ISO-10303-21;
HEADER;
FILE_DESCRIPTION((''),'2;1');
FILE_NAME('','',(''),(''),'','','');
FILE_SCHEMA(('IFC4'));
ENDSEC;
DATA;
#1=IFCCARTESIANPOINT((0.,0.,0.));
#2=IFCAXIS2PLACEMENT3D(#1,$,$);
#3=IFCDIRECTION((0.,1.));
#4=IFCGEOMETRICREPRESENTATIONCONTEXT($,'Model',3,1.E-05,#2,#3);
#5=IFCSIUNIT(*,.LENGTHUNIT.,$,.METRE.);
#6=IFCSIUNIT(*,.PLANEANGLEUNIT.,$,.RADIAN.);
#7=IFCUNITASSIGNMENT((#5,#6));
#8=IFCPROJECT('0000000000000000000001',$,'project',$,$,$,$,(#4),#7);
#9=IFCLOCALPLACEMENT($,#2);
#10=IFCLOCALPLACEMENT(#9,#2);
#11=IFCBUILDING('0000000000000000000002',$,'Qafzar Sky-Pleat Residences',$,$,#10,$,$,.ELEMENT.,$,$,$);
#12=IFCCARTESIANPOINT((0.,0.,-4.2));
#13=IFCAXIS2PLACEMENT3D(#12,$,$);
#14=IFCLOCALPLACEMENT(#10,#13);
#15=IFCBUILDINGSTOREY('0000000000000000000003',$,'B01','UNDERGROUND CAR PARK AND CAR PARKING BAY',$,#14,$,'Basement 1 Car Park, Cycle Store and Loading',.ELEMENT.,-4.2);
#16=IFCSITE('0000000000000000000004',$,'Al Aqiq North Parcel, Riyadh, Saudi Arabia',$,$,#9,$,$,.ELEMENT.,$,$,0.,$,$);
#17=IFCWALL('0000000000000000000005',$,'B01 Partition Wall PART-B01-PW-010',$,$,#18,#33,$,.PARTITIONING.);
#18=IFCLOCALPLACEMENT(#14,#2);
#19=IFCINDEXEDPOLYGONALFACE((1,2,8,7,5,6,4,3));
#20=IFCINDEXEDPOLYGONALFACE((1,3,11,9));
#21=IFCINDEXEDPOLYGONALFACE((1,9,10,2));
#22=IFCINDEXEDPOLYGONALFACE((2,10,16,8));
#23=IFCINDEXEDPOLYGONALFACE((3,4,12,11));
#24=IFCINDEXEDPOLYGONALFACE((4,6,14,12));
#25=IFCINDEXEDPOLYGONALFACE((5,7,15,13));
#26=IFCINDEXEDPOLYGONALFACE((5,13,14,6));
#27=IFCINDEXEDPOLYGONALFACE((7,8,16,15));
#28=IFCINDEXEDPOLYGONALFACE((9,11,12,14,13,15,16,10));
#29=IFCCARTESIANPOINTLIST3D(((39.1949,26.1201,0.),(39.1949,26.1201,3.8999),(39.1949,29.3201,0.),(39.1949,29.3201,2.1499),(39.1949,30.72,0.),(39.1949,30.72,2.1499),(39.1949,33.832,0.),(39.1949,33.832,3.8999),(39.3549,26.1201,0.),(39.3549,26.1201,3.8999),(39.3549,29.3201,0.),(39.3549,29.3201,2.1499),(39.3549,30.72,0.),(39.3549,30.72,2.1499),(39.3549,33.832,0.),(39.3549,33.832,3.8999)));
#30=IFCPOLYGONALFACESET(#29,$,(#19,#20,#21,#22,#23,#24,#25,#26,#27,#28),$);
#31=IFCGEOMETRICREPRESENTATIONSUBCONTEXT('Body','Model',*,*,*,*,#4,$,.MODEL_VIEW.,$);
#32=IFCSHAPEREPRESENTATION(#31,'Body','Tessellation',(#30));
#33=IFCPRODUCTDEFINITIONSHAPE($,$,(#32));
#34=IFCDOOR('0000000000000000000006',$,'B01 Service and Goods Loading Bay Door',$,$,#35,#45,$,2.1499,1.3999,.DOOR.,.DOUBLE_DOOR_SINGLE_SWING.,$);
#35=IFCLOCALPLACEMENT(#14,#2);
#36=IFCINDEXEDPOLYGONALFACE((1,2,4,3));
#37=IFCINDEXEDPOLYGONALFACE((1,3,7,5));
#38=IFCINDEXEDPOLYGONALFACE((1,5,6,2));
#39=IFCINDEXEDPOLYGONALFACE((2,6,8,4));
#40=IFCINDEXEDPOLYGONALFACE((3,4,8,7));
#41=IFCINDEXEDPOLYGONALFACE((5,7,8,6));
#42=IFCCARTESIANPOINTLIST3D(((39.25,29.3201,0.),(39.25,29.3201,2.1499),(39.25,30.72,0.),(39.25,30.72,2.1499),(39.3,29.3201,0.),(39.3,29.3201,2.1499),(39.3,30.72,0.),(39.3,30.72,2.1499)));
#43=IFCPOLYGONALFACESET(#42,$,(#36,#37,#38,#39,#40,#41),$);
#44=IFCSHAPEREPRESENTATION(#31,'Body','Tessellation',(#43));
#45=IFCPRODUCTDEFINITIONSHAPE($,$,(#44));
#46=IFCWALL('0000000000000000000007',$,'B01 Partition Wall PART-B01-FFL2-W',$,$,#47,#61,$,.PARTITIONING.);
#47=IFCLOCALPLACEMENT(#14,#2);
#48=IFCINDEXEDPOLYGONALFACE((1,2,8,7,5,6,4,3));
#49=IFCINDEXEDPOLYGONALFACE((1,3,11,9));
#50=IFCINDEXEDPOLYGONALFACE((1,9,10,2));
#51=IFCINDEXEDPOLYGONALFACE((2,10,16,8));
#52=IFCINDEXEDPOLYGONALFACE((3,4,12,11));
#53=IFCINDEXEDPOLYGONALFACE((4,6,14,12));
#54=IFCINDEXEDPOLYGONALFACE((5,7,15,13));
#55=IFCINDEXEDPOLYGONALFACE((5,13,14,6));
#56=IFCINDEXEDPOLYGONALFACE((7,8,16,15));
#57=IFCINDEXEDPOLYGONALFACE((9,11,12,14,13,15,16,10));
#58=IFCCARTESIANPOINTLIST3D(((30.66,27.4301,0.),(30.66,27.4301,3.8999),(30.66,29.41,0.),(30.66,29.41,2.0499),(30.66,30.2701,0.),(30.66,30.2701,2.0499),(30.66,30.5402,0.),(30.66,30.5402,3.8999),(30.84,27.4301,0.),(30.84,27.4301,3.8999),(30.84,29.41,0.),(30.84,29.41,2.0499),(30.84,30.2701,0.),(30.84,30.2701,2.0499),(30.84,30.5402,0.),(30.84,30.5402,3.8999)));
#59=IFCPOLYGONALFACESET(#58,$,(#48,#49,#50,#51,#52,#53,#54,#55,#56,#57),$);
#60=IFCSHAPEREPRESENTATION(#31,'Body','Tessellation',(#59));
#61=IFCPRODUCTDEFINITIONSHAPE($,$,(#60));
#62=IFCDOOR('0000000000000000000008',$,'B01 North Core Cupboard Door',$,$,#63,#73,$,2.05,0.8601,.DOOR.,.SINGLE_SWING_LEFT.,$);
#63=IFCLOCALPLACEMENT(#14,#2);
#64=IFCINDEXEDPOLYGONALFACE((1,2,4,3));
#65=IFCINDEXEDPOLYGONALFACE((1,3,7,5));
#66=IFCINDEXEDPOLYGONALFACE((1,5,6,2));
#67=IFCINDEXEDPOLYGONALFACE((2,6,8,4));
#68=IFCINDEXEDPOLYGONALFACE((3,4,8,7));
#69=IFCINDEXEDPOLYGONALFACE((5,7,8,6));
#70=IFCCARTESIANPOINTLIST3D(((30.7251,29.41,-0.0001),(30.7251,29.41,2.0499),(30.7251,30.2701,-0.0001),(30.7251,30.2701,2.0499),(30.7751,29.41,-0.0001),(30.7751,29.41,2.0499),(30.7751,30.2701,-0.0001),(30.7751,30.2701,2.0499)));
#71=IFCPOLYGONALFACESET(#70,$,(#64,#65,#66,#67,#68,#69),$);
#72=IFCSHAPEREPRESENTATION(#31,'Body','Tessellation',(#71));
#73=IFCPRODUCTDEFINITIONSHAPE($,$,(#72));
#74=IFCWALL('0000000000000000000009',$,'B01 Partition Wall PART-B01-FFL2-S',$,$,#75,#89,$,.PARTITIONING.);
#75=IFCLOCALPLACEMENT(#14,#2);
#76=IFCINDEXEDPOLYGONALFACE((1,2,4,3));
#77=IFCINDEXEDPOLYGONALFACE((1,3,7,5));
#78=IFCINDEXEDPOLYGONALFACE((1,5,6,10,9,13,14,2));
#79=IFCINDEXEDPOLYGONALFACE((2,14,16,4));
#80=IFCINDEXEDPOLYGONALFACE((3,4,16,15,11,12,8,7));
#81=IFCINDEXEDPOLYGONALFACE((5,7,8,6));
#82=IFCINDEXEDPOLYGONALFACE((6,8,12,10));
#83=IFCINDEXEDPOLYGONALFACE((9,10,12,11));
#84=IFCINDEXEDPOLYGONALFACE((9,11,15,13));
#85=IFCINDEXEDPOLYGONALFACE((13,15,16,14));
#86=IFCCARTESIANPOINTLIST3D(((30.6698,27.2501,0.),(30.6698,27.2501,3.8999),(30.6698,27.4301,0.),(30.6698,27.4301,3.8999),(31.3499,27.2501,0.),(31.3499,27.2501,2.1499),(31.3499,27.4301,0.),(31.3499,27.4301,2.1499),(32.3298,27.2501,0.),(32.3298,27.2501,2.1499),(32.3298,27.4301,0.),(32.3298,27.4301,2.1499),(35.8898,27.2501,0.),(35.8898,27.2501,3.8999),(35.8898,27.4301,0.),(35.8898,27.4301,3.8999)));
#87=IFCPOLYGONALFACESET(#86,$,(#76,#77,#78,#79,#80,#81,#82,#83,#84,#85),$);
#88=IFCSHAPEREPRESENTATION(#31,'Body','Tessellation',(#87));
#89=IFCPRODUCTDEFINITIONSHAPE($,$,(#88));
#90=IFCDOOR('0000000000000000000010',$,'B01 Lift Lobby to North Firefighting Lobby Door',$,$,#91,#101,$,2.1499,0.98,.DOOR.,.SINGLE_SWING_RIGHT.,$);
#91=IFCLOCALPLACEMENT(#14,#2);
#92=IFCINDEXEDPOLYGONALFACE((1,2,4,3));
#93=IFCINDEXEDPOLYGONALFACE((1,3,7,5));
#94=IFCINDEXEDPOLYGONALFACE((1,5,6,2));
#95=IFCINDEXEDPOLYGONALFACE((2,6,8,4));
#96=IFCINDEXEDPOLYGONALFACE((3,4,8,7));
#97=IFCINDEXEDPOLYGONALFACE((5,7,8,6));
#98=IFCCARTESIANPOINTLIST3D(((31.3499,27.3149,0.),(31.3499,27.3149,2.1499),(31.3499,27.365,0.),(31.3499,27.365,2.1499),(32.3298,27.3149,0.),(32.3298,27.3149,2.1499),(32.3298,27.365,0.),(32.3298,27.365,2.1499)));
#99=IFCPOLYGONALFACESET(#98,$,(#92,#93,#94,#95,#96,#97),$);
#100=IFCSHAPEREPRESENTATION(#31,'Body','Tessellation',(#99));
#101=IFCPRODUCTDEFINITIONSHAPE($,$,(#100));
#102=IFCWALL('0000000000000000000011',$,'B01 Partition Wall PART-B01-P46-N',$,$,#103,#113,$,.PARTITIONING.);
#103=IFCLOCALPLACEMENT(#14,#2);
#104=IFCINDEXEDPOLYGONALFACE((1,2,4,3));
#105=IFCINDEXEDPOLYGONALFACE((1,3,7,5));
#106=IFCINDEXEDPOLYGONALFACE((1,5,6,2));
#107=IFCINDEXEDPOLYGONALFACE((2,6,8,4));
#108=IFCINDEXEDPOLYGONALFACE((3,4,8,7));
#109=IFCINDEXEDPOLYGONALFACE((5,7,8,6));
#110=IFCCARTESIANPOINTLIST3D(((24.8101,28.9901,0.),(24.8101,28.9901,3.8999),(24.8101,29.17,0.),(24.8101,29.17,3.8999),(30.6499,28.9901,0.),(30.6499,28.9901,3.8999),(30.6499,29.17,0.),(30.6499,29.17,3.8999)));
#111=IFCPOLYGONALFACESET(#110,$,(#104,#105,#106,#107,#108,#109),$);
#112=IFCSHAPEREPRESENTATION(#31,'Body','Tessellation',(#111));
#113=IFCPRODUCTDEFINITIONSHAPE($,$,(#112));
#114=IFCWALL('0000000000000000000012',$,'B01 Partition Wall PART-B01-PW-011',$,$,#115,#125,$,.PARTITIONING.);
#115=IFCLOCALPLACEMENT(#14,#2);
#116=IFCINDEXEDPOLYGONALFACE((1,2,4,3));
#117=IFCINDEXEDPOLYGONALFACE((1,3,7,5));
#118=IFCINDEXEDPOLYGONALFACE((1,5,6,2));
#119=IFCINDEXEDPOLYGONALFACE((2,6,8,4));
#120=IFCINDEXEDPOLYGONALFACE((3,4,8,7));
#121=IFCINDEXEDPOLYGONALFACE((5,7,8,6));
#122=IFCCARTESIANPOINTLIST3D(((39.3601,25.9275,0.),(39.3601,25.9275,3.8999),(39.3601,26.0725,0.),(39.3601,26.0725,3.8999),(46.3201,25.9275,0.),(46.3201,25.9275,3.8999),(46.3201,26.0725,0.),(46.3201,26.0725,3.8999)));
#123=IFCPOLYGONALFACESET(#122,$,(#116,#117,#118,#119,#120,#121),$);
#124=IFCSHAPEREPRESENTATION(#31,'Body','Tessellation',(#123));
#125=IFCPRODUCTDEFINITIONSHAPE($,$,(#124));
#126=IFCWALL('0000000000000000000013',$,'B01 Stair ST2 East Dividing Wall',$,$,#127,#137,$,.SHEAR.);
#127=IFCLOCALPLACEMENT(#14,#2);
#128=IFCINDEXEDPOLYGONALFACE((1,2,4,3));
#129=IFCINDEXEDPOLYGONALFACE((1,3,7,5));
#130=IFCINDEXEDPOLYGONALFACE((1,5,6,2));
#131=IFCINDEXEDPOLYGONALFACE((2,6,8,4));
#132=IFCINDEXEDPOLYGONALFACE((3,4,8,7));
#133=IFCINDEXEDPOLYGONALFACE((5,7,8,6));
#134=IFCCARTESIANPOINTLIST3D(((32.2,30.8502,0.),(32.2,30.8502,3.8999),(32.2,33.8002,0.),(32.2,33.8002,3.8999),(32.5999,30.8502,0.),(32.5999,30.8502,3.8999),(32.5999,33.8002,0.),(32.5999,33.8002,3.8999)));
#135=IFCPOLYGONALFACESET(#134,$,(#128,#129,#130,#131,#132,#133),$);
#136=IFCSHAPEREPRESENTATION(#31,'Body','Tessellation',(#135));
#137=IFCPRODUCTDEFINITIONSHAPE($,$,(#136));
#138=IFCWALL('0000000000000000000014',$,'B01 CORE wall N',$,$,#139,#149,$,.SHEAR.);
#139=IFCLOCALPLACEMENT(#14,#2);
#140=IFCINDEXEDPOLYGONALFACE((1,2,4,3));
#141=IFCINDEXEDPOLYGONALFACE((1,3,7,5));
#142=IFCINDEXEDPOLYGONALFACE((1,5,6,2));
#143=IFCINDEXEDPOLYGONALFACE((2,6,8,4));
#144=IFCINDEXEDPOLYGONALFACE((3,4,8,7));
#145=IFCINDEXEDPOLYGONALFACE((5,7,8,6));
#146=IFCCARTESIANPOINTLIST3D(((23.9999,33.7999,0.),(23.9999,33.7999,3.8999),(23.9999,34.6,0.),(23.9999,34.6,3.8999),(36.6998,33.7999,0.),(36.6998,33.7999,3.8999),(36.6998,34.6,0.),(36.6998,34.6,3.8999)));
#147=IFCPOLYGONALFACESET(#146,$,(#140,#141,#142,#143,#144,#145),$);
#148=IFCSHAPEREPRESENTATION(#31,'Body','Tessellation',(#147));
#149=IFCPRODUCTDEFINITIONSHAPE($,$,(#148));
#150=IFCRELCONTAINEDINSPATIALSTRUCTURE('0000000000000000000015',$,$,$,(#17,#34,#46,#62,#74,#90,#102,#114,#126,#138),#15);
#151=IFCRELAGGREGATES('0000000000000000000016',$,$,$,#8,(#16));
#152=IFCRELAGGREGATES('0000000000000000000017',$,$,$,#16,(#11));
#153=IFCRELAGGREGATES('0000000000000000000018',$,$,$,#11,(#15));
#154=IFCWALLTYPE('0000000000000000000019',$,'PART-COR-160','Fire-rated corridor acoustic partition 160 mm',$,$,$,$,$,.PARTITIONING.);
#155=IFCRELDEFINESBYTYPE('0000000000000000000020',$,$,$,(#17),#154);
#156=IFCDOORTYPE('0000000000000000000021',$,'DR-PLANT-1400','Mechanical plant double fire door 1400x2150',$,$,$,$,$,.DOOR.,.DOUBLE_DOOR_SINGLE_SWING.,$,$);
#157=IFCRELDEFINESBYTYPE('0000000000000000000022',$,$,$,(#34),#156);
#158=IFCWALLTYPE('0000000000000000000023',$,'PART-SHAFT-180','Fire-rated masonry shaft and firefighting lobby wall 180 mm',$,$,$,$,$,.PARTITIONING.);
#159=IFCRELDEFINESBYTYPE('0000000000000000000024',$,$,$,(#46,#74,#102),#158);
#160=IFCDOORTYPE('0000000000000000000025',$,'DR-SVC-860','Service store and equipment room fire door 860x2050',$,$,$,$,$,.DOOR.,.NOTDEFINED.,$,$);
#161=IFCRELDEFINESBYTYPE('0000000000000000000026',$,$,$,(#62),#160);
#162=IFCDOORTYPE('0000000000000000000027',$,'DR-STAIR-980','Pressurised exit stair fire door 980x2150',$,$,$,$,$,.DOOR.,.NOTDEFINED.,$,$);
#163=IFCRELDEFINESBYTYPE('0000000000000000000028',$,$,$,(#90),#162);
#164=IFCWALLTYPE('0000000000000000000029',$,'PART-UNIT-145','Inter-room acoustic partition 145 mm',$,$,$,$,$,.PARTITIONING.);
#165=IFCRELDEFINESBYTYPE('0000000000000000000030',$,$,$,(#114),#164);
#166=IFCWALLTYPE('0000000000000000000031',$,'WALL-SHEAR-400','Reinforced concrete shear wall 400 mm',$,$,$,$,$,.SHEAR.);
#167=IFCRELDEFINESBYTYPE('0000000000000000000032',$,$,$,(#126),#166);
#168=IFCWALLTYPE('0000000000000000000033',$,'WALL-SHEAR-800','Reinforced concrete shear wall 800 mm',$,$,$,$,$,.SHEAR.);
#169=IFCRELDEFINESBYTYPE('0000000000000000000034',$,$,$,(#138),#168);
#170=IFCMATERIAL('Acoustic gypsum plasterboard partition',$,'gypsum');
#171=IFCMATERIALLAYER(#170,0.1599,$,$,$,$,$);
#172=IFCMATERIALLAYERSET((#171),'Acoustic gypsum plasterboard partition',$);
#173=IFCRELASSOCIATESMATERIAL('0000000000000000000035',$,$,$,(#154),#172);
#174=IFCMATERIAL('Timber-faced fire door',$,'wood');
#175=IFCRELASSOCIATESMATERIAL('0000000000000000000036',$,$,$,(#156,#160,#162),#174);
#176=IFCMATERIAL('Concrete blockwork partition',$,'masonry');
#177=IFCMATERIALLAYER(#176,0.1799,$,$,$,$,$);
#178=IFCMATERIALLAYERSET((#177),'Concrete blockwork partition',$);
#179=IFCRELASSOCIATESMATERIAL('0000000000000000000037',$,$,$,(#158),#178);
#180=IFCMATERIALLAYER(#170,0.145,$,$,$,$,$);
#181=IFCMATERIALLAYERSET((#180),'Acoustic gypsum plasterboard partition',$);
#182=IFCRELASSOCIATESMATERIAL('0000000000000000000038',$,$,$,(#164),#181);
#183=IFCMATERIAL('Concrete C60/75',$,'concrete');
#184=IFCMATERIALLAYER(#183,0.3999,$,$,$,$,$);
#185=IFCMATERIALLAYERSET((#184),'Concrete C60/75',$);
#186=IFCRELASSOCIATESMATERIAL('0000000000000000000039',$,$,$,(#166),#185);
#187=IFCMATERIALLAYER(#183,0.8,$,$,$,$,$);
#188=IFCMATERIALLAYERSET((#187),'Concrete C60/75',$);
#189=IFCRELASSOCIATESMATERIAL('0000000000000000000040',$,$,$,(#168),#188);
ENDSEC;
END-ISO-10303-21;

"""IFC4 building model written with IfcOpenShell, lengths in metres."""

from ifc_helpers import new_model, si_unit, direction, frame, frame_2d, origin, place, context, subcontext, project, spatial, rectangle, extrude, source, transform, mapped, material, layer, layer_set, type_object, element, fill, save


model = new_model("IFC4")

# Units and contexts
model_context = context("Model", 3, precision=1e-05, world=origin(), true_north=direction((0.0, 1.0)))
body_context = subcontext(model_context, "Body", "Model", "MODEL_VIEW")
ifc_project = project(units=[si_unit("LENGTHUNIT", "METRE"), si_unit("PLANEANGLEUNIT", "RADIAN")], contexts=[model_context])

# Site, building, storey
site_placement = place(None, origin())
site = spatial("IfcSite", under=ifc_project, at=site_placement, Name="Al Aqiq North Parcel, Riyadh, Saudi Arabia", CompositionType="ELEMENT", RefElevation=0.0)
building_placement = place(site_placement, origin())
building = spatial("IfcBuilding", under=site, at=building_placement, Name="Qafzar Sky-Pleat Residences", CompositionType="ELEMENT")
storey_placement = place(building_placement, frame((0.0, 0.0, -4.2)))
storey = spatial("IfcBuildingStorey", under=building, at=storey_placement, Name="B01", Description="UNDERGROUND CAR PARK AND CAR PARKING BAY", LongName="Basement 1 Car Park, Cycle Store and Loading", CompositionType="ELEMENT", Elevation=-4.2)

# Shared definitions
ifc_material_1 = material(Name="Concrete C60/75", Category="concrete")

# Shared definitions
ifc_material_2 = material(Name="Acoustic gypsum plasterboard partition", Category="gypsum")
ifc_layer_1 = layer(ifc_material_2, 0.1599)
ifc_layer_set_1 = layer_set([ifc_layer_1], Name="Acoustic gypsum plasterboard partition")
wall_type_1 = type_object("IfcWallType", Name="PART-COR-160", Description="Fire-rated corridor acoustic partition 160 mm", PredefinedType="PARTITIONING", material=ifc_layer_set_1)

# Shared definitions
ifc_material_3 = material(Name="Timber-faced fire door", Category="wood")

# Walls, openings, doors
wall_1_placement = place(storey_placement, frame((39.2749, 26.1201, 0.0), z_axis=(0.0, 0.0, 1.0), x_axis=(0.0, 1.0, 0.0)))
wall_1 = element("IfcWall", 1, at=wall_1_placement, inside=storey, type_object=wall_type_1, Name="B01 Partition Wall PART-B01-PW-010", PredefinedType="PARTITIONING", context=body_context, shape_type="SweptSolid", body=[
    extrude(rectangle(XDim=7.7119, YDim=0.1599, at=frame_2d((3.856, 0.0))), origin(), (0.0, 0.0, 1.0), 3.8999),
])
opening_1_placement = place(wall_1_placement, frame((3.2, 0.0, 0.0)))
opening_1 = element("IfcOpeningElement", 2, at=opening_1_placement, cuts=wall_1, PredefinedType="OPENING", context=body_context, shape_type="SweptSolid", body=[
    extrude(rectangle(XDim=1.3999, YDim=2.1499, at=frame_2d((0.7, 1.075))), frame((0.0, 0.0898, 0.0), z_axis=(0.0, -1.0, 0.0), x_axis=(1.0, 0.0, 0.0)), (0.0, 0.0, 1.0), 0.1799),
])
door_type_1 = type_object("IfcDoorType", Name="DR-PLANT-1400", Description="Mechanical plant double fire door 1400x2150", OperationType="DOUBLE_DOOR_SINGLE_SWING", PredefinedType="DOOR", material=ifc_material_3)
shared_shape_1 = source(origin(), body_context, "Body", "SweptSolid", [
    extrude(rectangle(XDim=1.3999, YDim=2.1499, at=frame_2d((0.7, 1.075))), frame((0.0, 0.0249, 0.0), z_axis=(0.0, -1.0, 0.0), x_axis=(1.0, 0.0, 0.0)), (0.0, 0.0, 1.0), 0.05),
])
door_1_placement = place(opening_1_placement, origin())
door_1 = element("IfcDoor", 3, at=door_1_placement, inside=storey, type_object=door_type_1, Name="B01 Service and Goods Loading Bay Door", OperationType="DOUBLE_DOOR_SINGLE_SWING", OverallHeight=2.1499, OverallWidth=1.3999, PredefinedType="DOOR", context=body_context, shape_type="MappedRepresentation", body=[
    mapped(shared_shape_1, transform((0.0, 0.0, 0.0), x_axis=(1.0, 0.0, 0.0), y_axis=(0.0, 1.0, 0.0), z_axis=(0.0, 0.0, 1.0), scale=1.0)),
])
fill(opening_1, door_1)
ifc_material_4 = material(Name="Concrete blockwork partition", Category="masonry")
ifc_layer_2 = layer(ifc_material_4, 0.1799)
ifc_layer_set_2 = layer_set([ifc_layer_2], Name="Concrete blockwork partition")
wall_type_2 = type_object("IfcWallType", Name="PART-SHAFT-180", Description="Fire-rated masonry shaft and firefighting lobby wall 180 mm", PredefinedType="PARTITIONING", material=ifc_layer_set_2)
wall_2_placement = place(storey_placement, frame((30.75, 27.4299, 0.0), z_axis=(0.0, 0.0, 1.0), x_axis=(0.0, 1.0, 0.0)))
wall_2 = element("IfcWall", 4, at=wall_2_placement, inside=storey, type_object=wall_type_2, Name="B01 Partition Wall PART-B01-FFL2-W", PredefinedType="PARTITIONING", context=body_context, shape_type="SweptSolid", body=[
    extrude(rectangle(XDim=3.1101, YDim=0.1799, at=frame_2d((1.5552, 0.0))), origin(), (0.0, 0.0, 1.0), 3.8999),
])
opening_2_placement = place(wall_2_placement, frame((1.98, 0.0, 0.0)))
opening_2 = element("IfcOpeningElement", 5, at=opening_2_placement, cuts=wall_2, PredefinedType="OPENING", context=body_context, shape_type="SweptSolid", body=[
    extrude(rectangle(XDim=0.8601, YDim=2.05, at=frame_2d((0.4302, 1.0249))), frame((0.0, 0.1001, 0.0), z_axis=(0.0, -1.0, 0.0), x_axis=(1.0, 0.0, 0.0)), (0.0, 0.0, 1.0), 0.2),
])
door_type_2 = type_object("IfcDoorType", Name="DR-SVC-860", Description="Service store and equipment room fire door 860x2050", OperationType="NOTDEFINED", PredefinedType="DOOR", material=ifc_material_3)
shared_shape_2 = source(origin(), body_context, "Body", "SweptSolid", [
    extrude(rectangle(XDim=0.8601, YDim=2.05, at=frame_2d((0.4302, 1.0249))), frame((0.0, 0.0249, 0.0), z_axis=(0.0, -1.0, 0.0), x_axis=(1.0, 0.0, 0.0)), (0.0, 0.0, 1.0), 0.05),
])
door_2_placement = place(opening_2_placement, origin())
door_2 = element("IfcDoor", 6, at=door_2_placement, inside=storey, type_object=door_type_2, Name="B01 North Core Cupboard Door", OperationType="SINGLE_SWING_LEFT", OverallHeight=2.05, OverallWidth=0.8601, PredefinedType="DOOR", context=body_context, shape_type="MappedRepresentation", body=[
    mapped(shared_shape_2, transform((0.0, 0.0, 0.0), x_axis=(1.0, 0.0, 0.0), y_axis=(0.0, 1.0, 0.0), z_axis=(0.0, 0.0, 1.0), scale=1.0)),
])
fill(opening_2, door_2)
wall_3_placement = place(storey_placement, frame((30.6699, 27.3401, 0.0), z_axis=(0.0, 0.0, 1.0), x_axis=(1.0, 0.0, 0.0)))
wall_3 = element("IfcWall", 7, at=wall_3_placement, inside=storey, type_object=wall_type_2, Name="B01 Partition Wall PART-B01-FFL2-S", PredefinedType="PARTITIONING", context=body_context, shape_type="SweptSolid", body=[
    extrude(rectangle(XDim=5.22, YDim=0.1799, at=frame_2d((2.6099, 0.0))), origin(), (0.0, 0.0, 1.0), 3.8999),
])
opening_3_placement = place(wall_3_placement, frame((0.6799, 0.0, 0.0)))
opening_3 = element("IfcOpeningElement", 8, at=opening_3_placement, cuts=wall_3, PredefinedType="OPENING", context=body_context, shape_type="SweptSolid", body=[
    extrude(rectangle(XDim=0.98, YDim=2.1499, at=frame_2d((0.49, 1.075))), frame((0.0, 0.1001, 0.0), z_axis=(0.0, -1.0, 0.0), x_axis=(1.0, 0.0, 0.0)), (0.0, 0.0, 1.0), 0.2),
])
door_type_3 = type_object("IfcDoorType", Name="DR-STAIR-980", Description="Pressurised exit stair fire door 980x2150", OperationType="NOTDEFINED", PredefinedType="DOOR", material=ifc_material_3)
shared_shape_3 = source(origin(), body_context, "Body", "SweptSolid", [
    extrude(rectangle(XDim=0.98, YDim=2.1499, at=frame_2d((0.49, 1.075))), frame((0.0, 0.0249, 0.0), z_axis=(0.0, -1.0, 0.0), x_axis=(1.0, 0.0, 0.0)), (0.0, 0.0, 1.0), 0.05),
])
door_3_placement = place(opening_3_placement, origin())
door_3 = element("IfcDoor", 9, at=door_3_placement, inside=storey, type_object=door_type_3, Name="B01 Lift Lobby to North Firefighting Lobby Door", OperationType="SINGLE_SWING_RIGHT", OverallHeight=2.1499, OverallWidth=0.98, PredefinedType="DOOR", context=body_context, shape_type="MappedRepresentation", body=[
    mapped(shared_shape_3, transform((0.0, 0.0, 0.0), x_axis=(1.0, 0.0, 0.0), y_axis=(0.0, 1.0, 0.0), z_axis=(0.0, 0.0, 1.0), scale=1.0)),
])
fill(opening_3, door_3)

# Walls
wall_4_placement = place(storey_placement, frame((24.8101, 29.0801, 0.0), z_axis=(0.0, 0.0, 1.0), x_axis=(1.0, 0.0, 0.0)))
element("IfcWall", 10, at=wall_4_placement, inside=storey, type_object=wall_type_2, Name="B01 Partition Wall PART-B01-P46-N", PredefinedType="PARTITIONING", context=body_context, shape_type="SweptSolid", body=[
    extrude(rectangle(XDim=5.8398, YDim=0.1799, at=frame_2d((2.9199, 0.0))), origin(), (0.0, 0.0, 1.0), 3.8999),
])
ifc_layer_3 = layer(ifc_material_2, 0.145)
ifc_layer_set_3 = layer_set([ifc_layer_3], Name="Acoustic gypsum plasterboard partition")
wall_type_3 = type_object("IfcWallType", Name="PART-UNIT-145", Description="Inter-room acoustic partition 145 mm", PredefinedType="PARTITIONING", material=ifc_layer_set_3)
wall_5_placement = place(storey_placement, frame((39.3601, 26.0, 0.0), z_axis=(0.0, 0.0, 1.0), x_axis=(1.0, 0.0, 0.0)))
element("IfcWall", 11, at=wall_5_placement, inside=storey, type_object=wall_type_3, Name="B01 Partition Wall PART-B01-PW-011", PredefinedType="PARTITIONING", context=body_context, shape_type="SweptSolid", body=[
    extrude(rectangle(XDim=6.96, YDim=0.145, at=frame_2d((3.48, 0.0))), origin(), (0.0, 0.0, 1.0), 3.8999),
])
ifc_layer_4 = layer(ifc_material_1, 0.3999)
ifc_layer_set_4 = layer_set([ifc_layer_4], Name="Concrete C60/75")
wall_type_4 = type_object("IfcWallType", Name="WALL-SHEAR-400", Description="Reinforced concrete shear wall 400 mm", PredefinedType="SHEAR", material=ifc_layer_set_4)
wall_6_placement = place(storey_placement, frame((32.3999, 30.8501, 0.0), z_axis=(0.0, 0.0, 1.0), x_axis=(0.0, 1.0, 0.0)))
element("IfcWall", 12, at=wall_6_placement, inside=storey, type_object=wall_type_4, Name="B01 Stair ST2 East Dividing Wall", PredefinedType="SHEAR", context=body_context, shape_type="SweptSolid", body=[
    extrude(rectangle(XDim=2.95, YDim=0.3999, at=frame_2d((1.4751, 0.0))), origin(), (0.0, 0.0, 1.0), 3.8999),
])
ifc_layer_5 = layer(ifc_material_1, 0.8)
ifc_layer_set_5 = layer_set([ifc_layer_5], Name="Concrete C60/75")
wall_type_5 = type_object("IfcWallType", Name="WALL-SHEAR-800", Description="Reinforced concrete shear wall 800 mm", PredefinedType="SHEAR", material=ifc_layer_set_5)
wall_7_placement = place(storey_placement, frame((36.7, 34.2, 0.0), z_axis=(0.0, 0.0, 1.0), x_axis=(-1.0, 0.0, 0.0)))
element("IfcWall", 13, at=wall_7_placement, inside=storey, type_object=wall_type_5, Name="B01 CORE wall N", PredefinedType="SHEAR", context=body_context, shape_type="SweptSolid", body=[
    extrude(rectangle(XDim=12.7, YDim=0.8, at=frame_2d((6.3501, 0.0))), origin(), (0.0, 0.0, 1.0), 3.8999),
])

save(model, "model.ifc")
